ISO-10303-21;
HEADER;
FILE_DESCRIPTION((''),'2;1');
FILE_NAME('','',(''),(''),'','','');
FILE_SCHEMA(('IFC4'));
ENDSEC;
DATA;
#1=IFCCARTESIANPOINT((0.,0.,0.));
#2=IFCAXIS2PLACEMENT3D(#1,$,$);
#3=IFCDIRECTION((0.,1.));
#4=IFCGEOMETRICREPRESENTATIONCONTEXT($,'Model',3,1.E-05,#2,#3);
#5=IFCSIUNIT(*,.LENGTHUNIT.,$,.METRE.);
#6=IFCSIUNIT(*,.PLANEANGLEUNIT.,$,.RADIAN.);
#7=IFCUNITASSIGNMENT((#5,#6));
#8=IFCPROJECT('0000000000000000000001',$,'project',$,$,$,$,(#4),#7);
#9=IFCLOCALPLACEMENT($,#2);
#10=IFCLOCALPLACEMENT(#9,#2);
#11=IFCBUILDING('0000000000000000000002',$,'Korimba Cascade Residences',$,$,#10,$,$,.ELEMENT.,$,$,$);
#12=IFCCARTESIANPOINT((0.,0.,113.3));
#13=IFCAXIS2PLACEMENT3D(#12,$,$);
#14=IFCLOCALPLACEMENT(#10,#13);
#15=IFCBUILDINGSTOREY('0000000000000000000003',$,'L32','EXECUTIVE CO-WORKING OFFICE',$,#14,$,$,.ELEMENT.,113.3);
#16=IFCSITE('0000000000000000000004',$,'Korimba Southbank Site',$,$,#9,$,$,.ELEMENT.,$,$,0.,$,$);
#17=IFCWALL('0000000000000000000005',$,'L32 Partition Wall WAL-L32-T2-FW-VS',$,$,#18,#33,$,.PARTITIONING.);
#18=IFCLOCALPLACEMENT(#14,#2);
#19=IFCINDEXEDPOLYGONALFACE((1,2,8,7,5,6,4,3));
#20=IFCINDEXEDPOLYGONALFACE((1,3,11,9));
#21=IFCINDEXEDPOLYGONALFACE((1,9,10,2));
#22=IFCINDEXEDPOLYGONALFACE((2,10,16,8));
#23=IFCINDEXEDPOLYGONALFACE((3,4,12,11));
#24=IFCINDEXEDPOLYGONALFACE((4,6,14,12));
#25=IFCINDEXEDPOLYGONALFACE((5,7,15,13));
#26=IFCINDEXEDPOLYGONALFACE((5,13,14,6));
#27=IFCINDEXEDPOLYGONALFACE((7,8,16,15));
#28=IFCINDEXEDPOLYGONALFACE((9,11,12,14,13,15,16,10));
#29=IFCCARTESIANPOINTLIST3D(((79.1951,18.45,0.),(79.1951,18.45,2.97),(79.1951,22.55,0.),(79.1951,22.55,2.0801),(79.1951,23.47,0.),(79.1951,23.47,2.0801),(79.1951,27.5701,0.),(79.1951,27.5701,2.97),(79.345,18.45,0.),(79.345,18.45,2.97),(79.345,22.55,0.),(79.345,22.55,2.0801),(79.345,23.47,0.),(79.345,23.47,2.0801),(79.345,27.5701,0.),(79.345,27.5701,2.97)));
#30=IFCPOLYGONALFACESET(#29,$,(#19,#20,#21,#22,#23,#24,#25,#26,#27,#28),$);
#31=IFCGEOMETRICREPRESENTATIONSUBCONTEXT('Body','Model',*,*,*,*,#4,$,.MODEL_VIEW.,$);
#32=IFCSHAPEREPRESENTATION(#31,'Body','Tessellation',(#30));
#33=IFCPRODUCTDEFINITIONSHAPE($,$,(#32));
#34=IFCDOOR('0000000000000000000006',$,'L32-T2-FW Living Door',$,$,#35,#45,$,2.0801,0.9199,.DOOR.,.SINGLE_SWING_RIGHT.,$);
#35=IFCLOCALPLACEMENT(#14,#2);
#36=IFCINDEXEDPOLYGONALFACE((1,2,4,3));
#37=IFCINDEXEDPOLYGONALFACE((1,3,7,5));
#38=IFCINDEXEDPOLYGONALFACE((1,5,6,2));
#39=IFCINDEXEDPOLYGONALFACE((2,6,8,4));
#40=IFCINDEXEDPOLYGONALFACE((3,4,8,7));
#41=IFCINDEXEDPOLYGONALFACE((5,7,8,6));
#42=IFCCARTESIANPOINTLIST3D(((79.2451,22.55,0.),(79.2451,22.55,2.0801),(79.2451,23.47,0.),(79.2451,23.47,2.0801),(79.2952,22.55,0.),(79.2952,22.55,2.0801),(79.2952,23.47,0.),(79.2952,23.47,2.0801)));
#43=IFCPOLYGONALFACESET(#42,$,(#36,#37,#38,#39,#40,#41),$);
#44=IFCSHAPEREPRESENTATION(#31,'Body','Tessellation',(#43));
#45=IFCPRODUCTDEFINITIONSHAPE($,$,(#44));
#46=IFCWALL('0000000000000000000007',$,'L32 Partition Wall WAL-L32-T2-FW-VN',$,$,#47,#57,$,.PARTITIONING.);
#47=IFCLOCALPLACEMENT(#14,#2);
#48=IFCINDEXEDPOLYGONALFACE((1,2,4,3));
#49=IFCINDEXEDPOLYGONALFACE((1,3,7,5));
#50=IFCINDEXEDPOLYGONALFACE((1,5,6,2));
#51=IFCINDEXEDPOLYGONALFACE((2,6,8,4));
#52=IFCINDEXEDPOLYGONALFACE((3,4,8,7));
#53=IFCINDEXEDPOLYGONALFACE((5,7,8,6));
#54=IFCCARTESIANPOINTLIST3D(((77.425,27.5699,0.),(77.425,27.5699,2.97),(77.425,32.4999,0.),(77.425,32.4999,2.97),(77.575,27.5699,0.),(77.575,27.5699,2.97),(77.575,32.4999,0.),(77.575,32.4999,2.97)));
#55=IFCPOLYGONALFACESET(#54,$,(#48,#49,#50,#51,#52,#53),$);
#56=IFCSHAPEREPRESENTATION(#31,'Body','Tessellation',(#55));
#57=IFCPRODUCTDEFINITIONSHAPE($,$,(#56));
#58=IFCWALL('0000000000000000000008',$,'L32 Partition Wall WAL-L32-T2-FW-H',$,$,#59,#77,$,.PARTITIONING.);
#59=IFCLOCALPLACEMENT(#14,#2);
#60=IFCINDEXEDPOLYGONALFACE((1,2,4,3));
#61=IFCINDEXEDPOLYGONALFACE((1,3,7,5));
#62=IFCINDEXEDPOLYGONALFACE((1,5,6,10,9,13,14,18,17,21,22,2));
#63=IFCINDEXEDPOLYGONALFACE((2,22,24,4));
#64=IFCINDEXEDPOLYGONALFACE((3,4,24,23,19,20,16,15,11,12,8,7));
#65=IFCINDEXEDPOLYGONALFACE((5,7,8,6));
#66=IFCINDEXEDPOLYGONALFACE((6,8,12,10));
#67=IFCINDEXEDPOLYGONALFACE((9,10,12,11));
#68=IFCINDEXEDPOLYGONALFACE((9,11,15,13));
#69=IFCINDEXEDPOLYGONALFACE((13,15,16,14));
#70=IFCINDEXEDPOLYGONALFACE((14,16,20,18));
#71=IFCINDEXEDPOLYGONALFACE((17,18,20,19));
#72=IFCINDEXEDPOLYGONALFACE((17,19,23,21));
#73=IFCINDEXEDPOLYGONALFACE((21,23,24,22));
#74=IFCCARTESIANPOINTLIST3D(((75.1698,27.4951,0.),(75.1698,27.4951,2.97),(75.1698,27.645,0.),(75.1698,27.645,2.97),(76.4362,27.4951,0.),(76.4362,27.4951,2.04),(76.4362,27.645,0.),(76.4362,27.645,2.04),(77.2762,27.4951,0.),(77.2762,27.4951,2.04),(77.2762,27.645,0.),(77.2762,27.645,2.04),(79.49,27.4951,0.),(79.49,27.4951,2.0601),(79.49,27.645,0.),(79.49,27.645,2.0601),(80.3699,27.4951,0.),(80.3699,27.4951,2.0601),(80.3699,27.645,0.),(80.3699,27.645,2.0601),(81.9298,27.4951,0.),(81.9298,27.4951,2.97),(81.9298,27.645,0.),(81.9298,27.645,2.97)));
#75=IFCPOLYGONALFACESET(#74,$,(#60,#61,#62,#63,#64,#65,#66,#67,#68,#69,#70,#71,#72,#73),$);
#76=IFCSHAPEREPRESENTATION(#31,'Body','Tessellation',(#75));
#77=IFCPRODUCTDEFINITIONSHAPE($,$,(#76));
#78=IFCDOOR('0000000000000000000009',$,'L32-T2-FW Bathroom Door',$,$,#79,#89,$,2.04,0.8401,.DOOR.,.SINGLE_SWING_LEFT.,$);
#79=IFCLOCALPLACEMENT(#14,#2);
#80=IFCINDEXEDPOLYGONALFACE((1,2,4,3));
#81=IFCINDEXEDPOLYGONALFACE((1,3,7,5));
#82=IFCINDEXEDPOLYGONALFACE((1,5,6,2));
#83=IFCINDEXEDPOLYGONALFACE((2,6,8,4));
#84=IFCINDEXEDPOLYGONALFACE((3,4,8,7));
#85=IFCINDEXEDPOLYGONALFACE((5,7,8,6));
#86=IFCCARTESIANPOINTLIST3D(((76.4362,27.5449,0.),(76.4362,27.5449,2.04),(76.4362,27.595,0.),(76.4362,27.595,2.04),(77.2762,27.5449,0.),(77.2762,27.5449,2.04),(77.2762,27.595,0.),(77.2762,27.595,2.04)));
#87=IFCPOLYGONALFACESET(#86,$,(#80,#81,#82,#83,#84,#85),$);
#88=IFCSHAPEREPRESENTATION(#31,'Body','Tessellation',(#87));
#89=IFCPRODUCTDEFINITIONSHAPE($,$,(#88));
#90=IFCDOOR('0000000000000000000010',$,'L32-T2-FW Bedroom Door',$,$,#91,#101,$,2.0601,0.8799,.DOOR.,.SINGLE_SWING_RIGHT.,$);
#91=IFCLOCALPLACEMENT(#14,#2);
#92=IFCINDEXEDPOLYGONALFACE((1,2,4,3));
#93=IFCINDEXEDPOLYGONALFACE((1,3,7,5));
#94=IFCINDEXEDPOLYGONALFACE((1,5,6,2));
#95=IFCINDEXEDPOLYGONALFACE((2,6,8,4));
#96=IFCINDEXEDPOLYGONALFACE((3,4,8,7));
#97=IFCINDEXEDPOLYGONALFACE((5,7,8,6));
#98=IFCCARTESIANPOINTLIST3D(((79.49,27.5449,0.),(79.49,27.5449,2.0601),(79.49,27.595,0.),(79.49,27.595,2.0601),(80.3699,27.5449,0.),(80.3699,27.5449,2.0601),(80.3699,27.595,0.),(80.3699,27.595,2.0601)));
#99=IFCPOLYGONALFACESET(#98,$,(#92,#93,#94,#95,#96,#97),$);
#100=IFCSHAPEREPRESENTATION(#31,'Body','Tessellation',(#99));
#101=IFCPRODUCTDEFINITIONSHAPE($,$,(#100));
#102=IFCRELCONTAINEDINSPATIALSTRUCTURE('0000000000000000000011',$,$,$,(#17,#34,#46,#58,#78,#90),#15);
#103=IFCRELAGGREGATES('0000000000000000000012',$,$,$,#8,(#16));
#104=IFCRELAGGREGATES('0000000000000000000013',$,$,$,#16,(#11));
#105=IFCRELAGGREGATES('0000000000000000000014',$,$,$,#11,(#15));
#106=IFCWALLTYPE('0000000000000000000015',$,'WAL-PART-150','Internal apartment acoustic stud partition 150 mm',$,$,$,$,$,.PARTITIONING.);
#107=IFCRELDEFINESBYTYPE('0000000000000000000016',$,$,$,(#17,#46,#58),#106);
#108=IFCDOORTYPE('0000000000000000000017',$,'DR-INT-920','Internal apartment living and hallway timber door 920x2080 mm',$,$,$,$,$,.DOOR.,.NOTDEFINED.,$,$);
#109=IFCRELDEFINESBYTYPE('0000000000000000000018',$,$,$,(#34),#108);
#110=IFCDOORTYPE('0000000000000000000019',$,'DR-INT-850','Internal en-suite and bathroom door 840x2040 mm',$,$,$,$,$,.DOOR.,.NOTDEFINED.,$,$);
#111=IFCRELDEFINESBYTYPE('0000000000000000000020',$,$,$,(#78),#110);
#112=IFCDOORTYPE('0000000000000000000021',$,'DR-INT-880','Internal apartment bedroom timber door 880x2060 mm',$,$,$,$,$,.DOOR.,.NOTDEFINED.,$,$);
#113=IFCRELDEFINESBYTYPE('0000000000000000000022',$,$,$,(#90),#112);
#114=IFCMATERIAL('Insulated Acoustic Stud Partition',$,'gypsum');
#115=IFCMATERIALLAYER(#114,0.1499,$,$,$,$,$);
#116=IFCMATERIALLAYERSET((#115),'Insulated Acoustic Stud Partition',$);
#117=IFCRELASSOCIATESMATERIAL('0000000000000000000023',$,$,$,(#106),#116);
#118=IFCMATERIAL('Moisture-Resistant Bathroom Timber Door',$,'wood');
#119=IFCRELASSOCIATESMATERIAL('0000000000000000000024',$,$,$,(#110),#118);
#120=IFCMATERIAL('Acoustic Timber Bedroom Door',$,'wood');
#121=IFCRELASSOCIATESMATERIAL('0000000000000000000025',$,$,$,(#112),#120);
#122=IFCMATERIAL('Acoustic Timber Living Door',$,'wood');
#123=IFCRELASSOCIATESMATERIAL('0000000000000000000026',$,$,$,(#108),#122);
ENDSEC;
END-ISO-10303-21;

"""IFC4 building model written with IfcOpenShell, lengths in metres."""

from ifc_helpers import new_model, si_unit, direction, frame, frame_2d, origin, place, context, subcontext, project, spatial, rectangle, extrude, material, layer, layer_set, type_object, element, fill, save


model = new_model("IFC4")

# Units and contexts
model_context = context("Model", 3, precision=1e-05, world=origin(), true_north=direction((0.0, 1.0)))
body_context = subcontext(model_context, "Body", "Model", "MODEL_VIEW")
ifc_project = project(units=[si_unit("LENGTHUNIT", "METRE"), si_unit("PLANEANGLEUNIT", "RADIAN")], contexts=[model_context])

# Site, building, storey
site_placement = place(None, origin())
site = spatial("IfcSite", under=ifc_project, at=site_placement, Name="Korimba Southbank Site", CompositionType="ELEMENT", RefElevation=0.0)
building_placement = place(site_placement, origin())
building = spatial("IfcBuilding", under=site, at=building_placement, Name="Korimba Cascade Residences", CompositionType="ELEMENT")
storey_placement = place(building_placement, frame((0.0, 0.0, 113.3)))
storey = spatial("IfcBuildingStorey", under=building, at=storey_placement, Name="L32", Description="EXECUTIVE CO-WORKING OFFICE", CompositionType="ELEMENT", Elevation=113.3)

# Wall, opening, door
ifc_material_1 = material(Name="Insulated Acoustic Stud Partition", Category="gypsum")
ifc_layer_1 = layer(ifc_material_1, 0.1499)
ifc_layer_set_1 = layer_set([ifc_layer_1], Name="Insulated Acoustic Stud Partition")
wall_type_1 = type_object("IfcWallType", Name="WAL-PART-150", Description="Internal apartment acoustic stud partition 150 mm", PredefinedType="PARTITIONING", material=ifc_layer_set_1)
ifc_material_2 = material(Name="Moisture-Resistant Bathroom Timber Door", Category="wood")
door_type_1 = type_object("IfcDoorType", Name="DR-INT-850", Description="Internal en-suite and bathroom door 840x2040 mm", OperationType="NOTDEFINED", PredefinedType="DOOR", material=ifc_material_2)
ifc_material_3 = material(Name="Acoustic Timber Bedroom Door", Category="wood")
door_type_2 = type_object("IfcDoorType", Name="DR-INT-880", Description="Internal apartment bedroom timber door 880x2060 mm", OperationType="NOTDEFINED", PredefinedType="DOOR", material=ifc_material_3)
wall_1_placement = place(storey_placement, frame((79.27, 18.45, 0.0), z_axis=(0.0, 0.0, 1.0), x_axis=(0.0, 1.0, 0.0)))
wall_1 = element("IfcWall", 1, at=wall_1_placement, inside=storey, type_object=wall_type_1, Name="L32 Partition Wall WAL-L32-T2-FW-VS", PredefinedType="PARTITIONING", context=body_context, shape_type="SweptSolid", body=[
    extrude(rectangle(XDim=9.1201, YDim=0.1499, at=frame_2d((4.5601, 0.0))), origin(), (0.0, 0.0, 1.0), 2.97),
])
opening_1_placement = place(wall_1_placement, frame((4.1001, 0.0, 0.0)))
opening_1 = element("IfcOpeningElement", 2, at=opening_1_placement, cuts=wall_1, PredefinedType="OPENING", context=body_context, shape_type="SweptSolid", body=[
    extrude(rectangle(XDim=0.9199, YDim=2.0801, at=frame_2d((0.46, 1.04))), frame((0.0, 0.085, 0.0), z_axis=(0.0, -1.0, 0.0), x_axis=(1.0, 0.0, 0.0)), (0.0, 0.0, 1.0), 0.1699),
])
ifc_material_4 = material(Name="Acoustic Timber Living Door", Category="wood")
door_type_3 = type_object("IfcDoorType", Name="DR-INT-920", Description="Internal apartment living and hallway timber door 920x2080 mm", OperationType="NOTDEFINED", PredefinedType="DOOR", material=ifc_material_4)
door_1_placement = place(opening_1_placement, origin())
door_1 = element("IfcDoor", 3, at=door_1_placement, inside=storey, type_object=door_type_3, Name="L32-T2-FW Living Door", OperationType="SINGLE_SWING_RIGHT", OverallHeight=2.0801, OverallWidth=0.9199, PredefinedType="DOOR", context=body_context, shape_type="SweptSolid", body=[
    extrude(rectangle(XDim=0.9199, YDim=2.0801, at=frame_2d((0.46, 1.04))), frame((0.0, 0.0249, 0.0), z_axis=(0.0, -1.0, 0.0), x_axis=(1.0, 0.0, 0.0)), (0.0, 0.0, 1.0), 0.05),
])
fill(opening_1, door_1)

# Wall
wall_2_placement = place(storey_placement, frame((77.5, 27.5701, 0.0), z_axis=(0.0, 0.0, 1.0), x_axis=(0.0, 1.0, 0.0)))
element("IfcWall", 4, at=wall_2_placement, inside=storey, type_object=wall_type_1, Name="L32 Partition Wall WAL-L32-T2-FW-VN", PredefinedType="PARTITIONING", context=body_context, shape_type="SweptSolid", body=[
    extrude(rectangle(XDim=4.9299, YDim=0.1499, at=frame_2d((2.4648, 0.0))), origin(), (0.0, 0.0, 1.0), 2.97),
])

# Wall, openings, doors
wall_3_placement = place(storey_placement, frame((75.1699, 27.5701, 0.0), z_axis=(0.0, 0.0, 1.0), x_axis=(1.0, 0.0, 0.0)))
wall_3 = element("IfcWall", 5, at=wall_3_placement, inside=storey, type_object=wall_type_1, Name="L32 Partition Wall WAL-L32-T2-FW-H", PredefinedType="PARTITIONING", context=body_context, shape_type="SweptSolid", body=[
    extrude(rectangle(XDim=6.76, YDim=0.1499, at=frame_2d((3.3799, 0.0))), origin(), (0.0, 0.0, 1.0), 2.97),
])
opening_2_placement = place(wall_3_placement, frame((1.2664, 0.0, 0.0)))
opening_2 = element("IfcOpeningElement", 6, at=opening_2_placement, cuts=wall_3, PredefinedType="OPENING", context=body_context, shape_type="SweptSolid", body=[
    extrude(rectangle(XDim=0.8401, YDim=2.04, at=frame_2d((0.4199, 1.02))), frame((0.0, 0.085, 0.0), z_axis=(0.0, -1.0, 0.0), x_axis=(1.0, 0.0, 0.0)), (0.0, 0.0, 1.0), 0.1699),
])
opening_3_placement = place(wall_3_placement, frame((4.3201, 0.0, 0.0)))
opening_3 = element("IfcOpeningElement", 7, at=opening_3_placement, cuts=wall_3, PredefinedType="OPENING", context=body_context, shape_type="SweptSolid", body=[
    extrude(rectangle(XDim=0.8799, YDim=2.0601, at=frame_2d((0.4399, 1.03))), frame((0.0, 0.085, 0.0), z_axis=(0.0, -1.0, 0.0), x_axis=(1.0, 0.0, 0.0)), (0.0, 0.0, 1.0), 0.1699),
])
door_2_placement = place(opening_2_placement, origin())
door_2 = element("IfcDoor", 8, at=door_2_placement, inside=storey, type_object=door_type_1, Name="L32-T2-FW Bathroom Door", OperationType="SINGLE_SWING_LEFT", OverallHeight=2.04, OverallWidth=0.8401, PredefinedType="DOOR", context=body_context, shape_type="SweptSolid", body=[
    extrude(rectangle(XDim=0.8401, YDim=2.04, at=frame_2d((0.4199, 1.02))), frame((0.0, 0.0249, 0.0), z_axis=(0.0, -1.0, 0.0), x_axis=(1.0, 0.0, 0.0)), (0.0, 0.0, 1.0), 0.05),
])
fill(opening_2, door_2)
door_3_placement = place(opening_3_placement, origin())
door_3 = element("IfcDoor", 9, at=door_3_placement, inside=storey, type_object=door_type_2, Name="L32-T2-FW Bedroom Door", OperationType="SINGLE_SWING_RIGHT", OverallHeight=2.0601, OverallWidth=0.8799, PredefinedType="DOOR", context=body_context, shape_type="SweptSolid", body=[
    extrude(rectangle(XDim=0.8799, YDim=2.0601, at=frame_2d((0.4399, 1.03))), frame((0.0, 0.0249, 0.0), z_axis=(0.0, -1.0, 0.0), x_axis=(1.0, 0.0, 0.0)), (0.0, 0.0, 1.0), 0.05),
])
fill(opening_3, door_3)

save(model, "model.ifc")
